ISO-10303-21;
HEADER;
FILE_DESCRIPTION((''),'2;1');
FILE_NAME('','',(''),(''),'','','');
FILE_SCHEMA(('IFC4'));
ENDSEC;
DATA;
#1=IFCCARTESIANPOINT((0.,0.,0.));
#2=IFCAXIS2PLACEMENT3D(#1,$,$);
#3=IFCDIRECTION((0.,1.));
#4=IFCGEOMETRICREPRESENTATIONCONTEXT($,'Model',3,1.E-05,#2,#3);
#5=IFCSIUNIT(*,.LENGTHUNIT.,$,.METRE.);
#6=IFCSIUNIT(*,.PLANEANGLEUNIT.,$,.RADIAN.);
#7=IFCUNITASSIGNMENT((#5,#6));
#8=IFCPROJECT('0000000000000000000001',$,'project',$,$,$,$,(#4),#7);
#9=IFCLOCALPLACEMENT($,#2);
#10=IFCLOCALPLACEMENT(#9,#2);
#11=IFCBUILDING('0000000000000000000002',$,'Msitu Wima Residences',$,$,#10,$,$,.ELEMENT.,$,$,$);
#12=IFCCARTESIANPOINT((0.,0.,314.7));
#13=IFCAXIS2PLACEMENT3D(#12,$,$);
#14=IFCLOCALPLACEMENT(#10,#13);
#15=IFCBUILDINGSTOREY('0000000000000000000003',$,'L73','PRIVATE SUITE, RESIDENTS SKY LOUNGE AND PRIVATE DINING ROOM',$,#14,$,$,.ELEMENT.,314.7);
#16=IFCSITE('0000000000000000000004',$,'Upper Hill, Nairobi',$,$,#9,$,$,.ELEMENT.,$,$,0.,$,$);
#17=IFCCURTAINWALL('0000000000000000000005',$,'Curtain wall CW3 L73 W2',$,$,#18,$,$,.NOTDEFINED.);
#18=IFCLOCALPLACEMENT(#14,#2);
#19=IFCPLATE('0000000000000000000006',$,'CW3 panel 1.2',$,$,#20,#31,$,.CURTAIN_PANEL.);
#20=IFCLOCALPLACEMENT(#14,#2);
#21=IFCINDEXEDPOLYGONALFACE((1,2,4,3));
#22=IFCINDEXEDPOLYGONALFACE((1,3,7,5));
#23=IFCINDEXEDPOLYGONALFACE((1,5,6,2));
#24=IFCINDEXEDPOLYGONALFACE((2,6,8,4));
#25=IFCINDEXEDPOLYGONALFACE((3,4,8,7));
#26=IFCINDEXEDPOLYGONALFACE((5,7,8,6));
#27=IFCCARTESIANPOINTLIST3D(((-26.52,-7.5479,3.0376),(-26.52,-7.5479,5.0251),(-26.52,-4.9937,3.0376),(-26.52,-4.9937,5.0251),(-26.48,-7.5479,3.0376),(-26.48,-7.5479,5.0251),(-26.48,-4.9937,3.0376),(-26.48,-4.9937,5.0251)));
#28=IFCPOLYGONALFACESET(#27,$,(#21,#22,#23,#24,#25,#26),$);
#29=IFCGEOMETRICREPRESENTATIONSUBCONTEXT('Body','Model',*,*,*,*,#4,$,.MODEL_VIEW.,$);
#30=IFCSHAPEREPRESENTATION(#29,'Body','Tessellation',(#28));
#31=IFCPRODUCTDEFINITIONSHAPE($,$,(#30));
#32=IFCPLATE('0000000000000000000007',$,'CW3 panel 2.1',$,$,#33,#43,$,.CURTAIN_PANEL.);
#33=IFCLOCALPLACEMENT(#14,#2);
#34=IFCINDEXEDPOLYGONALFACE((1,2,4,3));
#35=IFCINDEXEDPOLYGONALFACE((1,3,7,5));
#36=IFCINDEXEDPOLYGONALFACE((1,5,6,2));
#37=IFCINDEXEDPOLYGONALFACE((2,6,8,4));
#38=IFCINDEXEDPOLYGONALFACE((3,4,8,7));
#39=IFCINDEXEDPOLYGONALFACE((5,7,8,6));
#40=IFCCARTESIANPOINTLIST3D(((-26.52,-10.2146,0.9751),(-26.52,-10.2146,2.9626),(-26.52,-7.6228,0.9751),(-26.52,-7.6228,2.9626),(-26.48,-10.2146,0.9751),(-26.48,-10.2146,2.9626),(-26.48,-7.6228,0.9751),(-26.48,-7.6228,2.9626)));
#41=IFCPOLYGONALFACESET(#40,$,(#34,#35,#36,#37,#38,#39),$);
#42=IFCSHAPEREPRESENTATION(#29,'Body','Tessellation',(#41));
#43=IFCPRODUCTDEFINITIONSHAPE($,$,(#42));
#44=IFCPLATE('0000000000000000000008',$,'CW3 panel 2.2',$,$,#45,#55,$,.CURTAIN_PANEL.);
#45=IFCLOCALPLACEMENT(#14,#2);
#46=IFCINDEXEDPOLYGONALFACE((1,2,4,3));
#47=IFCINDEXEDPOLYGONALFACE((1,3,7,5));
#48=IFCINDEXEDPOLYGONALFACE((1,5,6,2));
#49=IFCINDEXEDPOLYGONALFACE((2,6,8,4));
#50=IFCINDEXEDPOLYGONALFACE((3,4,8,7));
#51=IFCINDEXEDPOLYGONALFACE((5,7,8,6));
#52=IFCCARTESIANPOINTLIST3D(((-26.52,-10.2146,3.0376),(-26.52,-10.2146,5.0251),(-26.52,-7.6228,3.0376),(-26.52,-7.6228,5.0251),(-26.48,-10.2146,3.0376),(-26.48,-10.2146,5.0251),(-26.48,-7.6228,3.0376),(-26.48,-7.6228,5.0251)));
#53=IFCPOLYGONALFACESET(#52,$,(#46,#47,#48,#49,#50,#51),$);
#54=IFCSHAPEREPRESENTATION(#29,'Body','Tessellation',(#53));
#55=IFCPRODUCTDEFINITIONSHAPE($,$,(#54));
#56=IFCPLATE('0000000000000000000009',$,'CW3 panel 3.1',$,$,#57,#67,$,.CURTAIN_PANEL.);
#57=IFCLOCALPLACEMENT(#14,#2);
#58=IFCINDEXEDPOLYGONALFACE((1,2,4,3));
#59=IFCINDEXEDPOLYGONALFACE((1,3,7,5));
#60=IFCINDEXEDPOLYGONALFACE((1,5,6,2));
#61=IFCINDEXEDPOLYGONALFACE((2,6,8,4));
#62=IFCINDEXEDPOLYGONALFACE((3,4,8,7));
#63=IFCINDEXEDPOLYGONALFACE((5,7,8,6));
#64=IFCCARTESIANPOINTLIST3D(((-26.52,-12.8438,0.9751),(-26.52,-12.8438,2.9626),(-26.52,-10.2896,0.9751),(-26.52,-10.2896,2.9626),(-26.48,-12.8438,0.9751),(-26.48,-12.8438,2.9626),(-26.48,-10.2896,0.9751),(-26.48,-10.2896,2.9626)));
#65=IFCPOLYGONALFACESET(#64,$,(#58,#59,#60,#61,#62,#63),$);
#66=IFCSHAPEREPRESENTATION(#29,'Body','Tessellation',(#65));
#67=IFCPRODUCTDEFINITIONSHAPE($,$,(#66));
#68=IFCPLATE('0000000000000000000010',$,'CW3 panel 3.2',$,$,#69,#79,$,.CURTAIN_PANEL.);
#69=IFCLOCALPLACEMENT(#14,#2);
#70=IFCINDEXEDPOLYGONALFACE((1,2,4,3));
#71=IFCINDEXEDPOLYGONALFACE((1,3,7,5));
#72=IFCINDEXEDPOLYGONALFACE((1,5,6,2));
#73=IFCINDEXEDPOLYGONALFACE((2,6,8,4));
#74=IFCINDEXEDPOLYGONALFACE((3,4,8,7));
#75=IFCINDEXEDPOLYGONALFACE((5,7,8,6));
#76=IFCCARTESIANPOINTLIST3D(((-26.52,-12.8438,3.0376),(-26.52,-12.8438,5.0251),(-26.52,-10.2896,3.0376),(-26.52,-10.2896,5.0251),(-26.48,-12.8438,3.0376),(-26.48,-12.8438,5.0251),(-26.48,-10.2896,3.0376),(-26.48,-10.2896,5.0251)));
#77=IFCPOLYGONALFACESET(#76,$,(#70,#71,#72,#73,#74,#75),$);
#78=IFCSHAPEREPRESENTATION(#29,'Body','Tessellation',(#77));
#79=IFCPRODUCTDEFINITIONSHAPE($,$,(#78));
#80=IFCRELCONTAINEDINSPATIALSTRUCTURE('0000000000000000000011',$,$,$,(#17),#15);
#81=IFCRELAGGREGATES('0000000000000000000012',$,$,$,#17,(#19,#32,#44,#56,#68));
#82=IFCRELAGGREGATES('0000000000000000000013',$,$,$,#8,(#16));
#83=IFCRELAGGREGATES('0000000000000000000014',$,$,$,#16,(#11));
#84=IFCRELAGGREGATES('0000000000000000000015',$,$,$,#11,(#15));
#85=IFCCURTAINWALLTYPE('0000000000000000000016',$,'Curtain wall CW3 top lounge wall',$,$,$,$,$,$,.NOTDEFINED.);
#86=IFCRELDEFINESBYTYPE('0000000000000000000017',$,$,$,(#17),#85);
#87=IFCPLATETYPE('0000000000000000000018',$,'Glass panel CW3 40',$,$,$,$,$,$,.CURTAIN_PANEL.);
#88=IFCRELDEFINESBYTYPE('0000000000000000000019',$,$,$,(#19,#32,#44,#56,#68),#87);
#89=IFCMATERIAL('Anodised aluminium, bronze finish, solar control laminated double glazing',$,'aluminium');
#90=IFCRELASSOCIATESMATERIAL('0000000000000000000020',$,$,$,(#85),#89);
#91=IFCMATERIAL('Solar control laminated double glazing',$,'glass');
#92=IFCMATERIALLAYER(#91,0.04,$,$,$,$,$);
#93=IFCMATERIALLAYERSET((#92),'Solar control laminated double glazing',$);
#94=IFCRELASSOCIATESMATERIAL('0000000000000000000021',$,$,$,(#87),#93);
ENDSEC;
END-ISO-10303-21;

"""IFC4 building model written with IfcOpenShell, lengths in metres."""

from ifc_helpers import new_model, si_unit, direction, frame, origin, origin_2d, place, context, subcontext, project, spatial, rectangle, extrude, material, layer, layer_set, type_object, element, aggregate, save


model = new_model("IFC4")

# Units and contexts
model_context = context("Model", 3, precision=1e-05, world=origin(), true_north=direction((0.0, 1.0)))
body_context = subcontext(model_context, "Body", "Model", "MODEL_VIEW")
ifc_project = project(units=[si_unit("LENGTHUNIT", "METRE"), si_unit("PLANEANGLEUNIT", "RADIAN")], contexts=[model_context])

# Site, building, storey
site_placement = place(None, origin())
site = spatial("IfcSite", under=ifc_project, at=site_placement, Name="Upper Hill, Nairobi", CompositionType="ELEMENT", RefElevation=0.0)
building_placement = place(site_placement, origin())
building = spatial("IfcBuilding", under=site, at=building_placement, Name="Msitu Wima Residences", CompositionType="ELEMENT")
storey_placement = place(building_placement, frame((0.0, 0.0, 314.7)))
storey = spatial("IfcBuildingStorey", under=building, at=storey_placement, Name="L73", Description="PRIVATE SUITE, RESIDENTS SKY LOUNGE AND PRIVATE DINING ROOM", CompositionType="ELEMENT", Elevation=314.7)

# Curtain wall
ifc_material_1 = material(Name="Anodised aluminium, bronze finish, solar control laminated double glazing", Category="aluminium")
curtain_wall_type = type_object("IfcCurtainWallType", Name="Curtain wall CW3 top lounge wall", PredefinedType="NOTDEFINED", material=ifc_material_1)
curtain_wall_1_placement = place(storey_placement, origin())
curtain_wall_1 = element("IfcCurtainWall", 1, at=curtain_wall_1_placement, inside=storey, type_object=curtain_wall_type, Name="Curtain wall CW3 L73 W2", PredefinedType="NOTDEFINED")

# Plates
ifc_material_2 = material(Name="Solar control laminated double glazing", Category="glass")
ifc_layer = layer(ifc_material_2, 0.04)
ifc_layer_set = layer_set([ifc_layer], Name="Solar control laminated double glazing")
plate_type = type_object("IfcPlateType", Name="Glass panel CW3 40", PredefinedType="CURTAIN_PANEL", material=ifc_layer_set)
plate_1_placement = place(storey_placement, frame((-26.5, -6.2708, 3.0376), z_axis=(0.0, 0.0, 1.0), x_axis=(0.0, -1.0, 0.0)))
plate_1 = element("IfcPlate", 2, at=plate_1_placement, type_object=plate_type, Name="CW3 panel 1.2", PredefinedType="CURTAIN_PANEL", context=body_context, shape_type="SweptSolid", body=[
    extrude(rectangle(XDim=2.5542, YDim=0.04, at=origin_2d()), origin(), (0.0, 0.0, 1.0), 1.9875),
])
plate_2_placement = place(storey_placement, frame((-26.5, -8.9187, 0.9751), z_axis=(0.0, 0.0, 1.0), x_axis=(0.0, -1.0, 0.0)))
plate_2 = element("IfcPlate", 3, at=plate_2_placement, type_object=plate_type, Name="CW3 panel 2.1", PredefinedType="CURTAIN_PANEL", context=body_context, shape_type="SweptSolid", body=[
    extrude(rectangle(XDim=2.5918, YDim=0.04, at=origin_2d()), origin(), (0.0, 0.0, 1.0), 1.9875),
])
plate_3_placement = place(storey_placement, frame((-26.5, -8.9187, 3.0376), z_axis=(0.0, 0.0, 1.0), x_axis=(0.0, -1.0, 0.0)))
plate_3 = element("IfcPlate", 4, at=plate_3_placement, type_object=plate_type, Name="CW3 panel 2.2", PredefinedType="CURTAIN_PANEL", context=body_context, shape_type="SweptSolid", body=[
    extrude(rectangle(XDim=2.5918, YDim=0.04, at=origin_2d()), origin(), (0.0, 0.0, 1.0), 1.9875),
])
plate_4_placement = place(storey_placement, frame((-26.5, -11.5667, 0.9751), z_axis=(0.0, 0.0, 1.0), x_axis=(0.0, -1.0, 0.0)))
plate_4 = element("IfcPlate", 5, at=plate_4_placement, type_object=plate_type, Name="CW3 panel 3.1", PredefinedType="CURTAIN_PANEL", context=body_context, shape_type="SweptSolid", body=[
    extrude(rectangle(XDim=2.5542, YDim=0.04, at=origin_2d()), origin(), (0.0, 0.0, 1.0), 1.9875),
])
plate_5_placement = place(storey_placement, frame((-26.5, -11.5667, 3.0376), z_axis=(0.0, 0.0, 1.0), x_axis=(0.0, -1.0, 0.0)))
plate_5 = element("IfcPlate", 6, at=plate_5_placement, type_object=plate_type, Name="CW3 panel 3.2", PredefinedType="CURTAIN_PANEL", context=body_context, shape_type="SweptSolid", body=[
    extrude(rectangle(XDim=2.5542, YDim=0.04, at=origin_2d()), origin(), (0.0, 0.0, 1.0), 1.9875),
])
aggregate(curtain_wall_1, [plate_1, plate_2, plate_3, plate_4, plate_5])

save(model, "model.ifc")
